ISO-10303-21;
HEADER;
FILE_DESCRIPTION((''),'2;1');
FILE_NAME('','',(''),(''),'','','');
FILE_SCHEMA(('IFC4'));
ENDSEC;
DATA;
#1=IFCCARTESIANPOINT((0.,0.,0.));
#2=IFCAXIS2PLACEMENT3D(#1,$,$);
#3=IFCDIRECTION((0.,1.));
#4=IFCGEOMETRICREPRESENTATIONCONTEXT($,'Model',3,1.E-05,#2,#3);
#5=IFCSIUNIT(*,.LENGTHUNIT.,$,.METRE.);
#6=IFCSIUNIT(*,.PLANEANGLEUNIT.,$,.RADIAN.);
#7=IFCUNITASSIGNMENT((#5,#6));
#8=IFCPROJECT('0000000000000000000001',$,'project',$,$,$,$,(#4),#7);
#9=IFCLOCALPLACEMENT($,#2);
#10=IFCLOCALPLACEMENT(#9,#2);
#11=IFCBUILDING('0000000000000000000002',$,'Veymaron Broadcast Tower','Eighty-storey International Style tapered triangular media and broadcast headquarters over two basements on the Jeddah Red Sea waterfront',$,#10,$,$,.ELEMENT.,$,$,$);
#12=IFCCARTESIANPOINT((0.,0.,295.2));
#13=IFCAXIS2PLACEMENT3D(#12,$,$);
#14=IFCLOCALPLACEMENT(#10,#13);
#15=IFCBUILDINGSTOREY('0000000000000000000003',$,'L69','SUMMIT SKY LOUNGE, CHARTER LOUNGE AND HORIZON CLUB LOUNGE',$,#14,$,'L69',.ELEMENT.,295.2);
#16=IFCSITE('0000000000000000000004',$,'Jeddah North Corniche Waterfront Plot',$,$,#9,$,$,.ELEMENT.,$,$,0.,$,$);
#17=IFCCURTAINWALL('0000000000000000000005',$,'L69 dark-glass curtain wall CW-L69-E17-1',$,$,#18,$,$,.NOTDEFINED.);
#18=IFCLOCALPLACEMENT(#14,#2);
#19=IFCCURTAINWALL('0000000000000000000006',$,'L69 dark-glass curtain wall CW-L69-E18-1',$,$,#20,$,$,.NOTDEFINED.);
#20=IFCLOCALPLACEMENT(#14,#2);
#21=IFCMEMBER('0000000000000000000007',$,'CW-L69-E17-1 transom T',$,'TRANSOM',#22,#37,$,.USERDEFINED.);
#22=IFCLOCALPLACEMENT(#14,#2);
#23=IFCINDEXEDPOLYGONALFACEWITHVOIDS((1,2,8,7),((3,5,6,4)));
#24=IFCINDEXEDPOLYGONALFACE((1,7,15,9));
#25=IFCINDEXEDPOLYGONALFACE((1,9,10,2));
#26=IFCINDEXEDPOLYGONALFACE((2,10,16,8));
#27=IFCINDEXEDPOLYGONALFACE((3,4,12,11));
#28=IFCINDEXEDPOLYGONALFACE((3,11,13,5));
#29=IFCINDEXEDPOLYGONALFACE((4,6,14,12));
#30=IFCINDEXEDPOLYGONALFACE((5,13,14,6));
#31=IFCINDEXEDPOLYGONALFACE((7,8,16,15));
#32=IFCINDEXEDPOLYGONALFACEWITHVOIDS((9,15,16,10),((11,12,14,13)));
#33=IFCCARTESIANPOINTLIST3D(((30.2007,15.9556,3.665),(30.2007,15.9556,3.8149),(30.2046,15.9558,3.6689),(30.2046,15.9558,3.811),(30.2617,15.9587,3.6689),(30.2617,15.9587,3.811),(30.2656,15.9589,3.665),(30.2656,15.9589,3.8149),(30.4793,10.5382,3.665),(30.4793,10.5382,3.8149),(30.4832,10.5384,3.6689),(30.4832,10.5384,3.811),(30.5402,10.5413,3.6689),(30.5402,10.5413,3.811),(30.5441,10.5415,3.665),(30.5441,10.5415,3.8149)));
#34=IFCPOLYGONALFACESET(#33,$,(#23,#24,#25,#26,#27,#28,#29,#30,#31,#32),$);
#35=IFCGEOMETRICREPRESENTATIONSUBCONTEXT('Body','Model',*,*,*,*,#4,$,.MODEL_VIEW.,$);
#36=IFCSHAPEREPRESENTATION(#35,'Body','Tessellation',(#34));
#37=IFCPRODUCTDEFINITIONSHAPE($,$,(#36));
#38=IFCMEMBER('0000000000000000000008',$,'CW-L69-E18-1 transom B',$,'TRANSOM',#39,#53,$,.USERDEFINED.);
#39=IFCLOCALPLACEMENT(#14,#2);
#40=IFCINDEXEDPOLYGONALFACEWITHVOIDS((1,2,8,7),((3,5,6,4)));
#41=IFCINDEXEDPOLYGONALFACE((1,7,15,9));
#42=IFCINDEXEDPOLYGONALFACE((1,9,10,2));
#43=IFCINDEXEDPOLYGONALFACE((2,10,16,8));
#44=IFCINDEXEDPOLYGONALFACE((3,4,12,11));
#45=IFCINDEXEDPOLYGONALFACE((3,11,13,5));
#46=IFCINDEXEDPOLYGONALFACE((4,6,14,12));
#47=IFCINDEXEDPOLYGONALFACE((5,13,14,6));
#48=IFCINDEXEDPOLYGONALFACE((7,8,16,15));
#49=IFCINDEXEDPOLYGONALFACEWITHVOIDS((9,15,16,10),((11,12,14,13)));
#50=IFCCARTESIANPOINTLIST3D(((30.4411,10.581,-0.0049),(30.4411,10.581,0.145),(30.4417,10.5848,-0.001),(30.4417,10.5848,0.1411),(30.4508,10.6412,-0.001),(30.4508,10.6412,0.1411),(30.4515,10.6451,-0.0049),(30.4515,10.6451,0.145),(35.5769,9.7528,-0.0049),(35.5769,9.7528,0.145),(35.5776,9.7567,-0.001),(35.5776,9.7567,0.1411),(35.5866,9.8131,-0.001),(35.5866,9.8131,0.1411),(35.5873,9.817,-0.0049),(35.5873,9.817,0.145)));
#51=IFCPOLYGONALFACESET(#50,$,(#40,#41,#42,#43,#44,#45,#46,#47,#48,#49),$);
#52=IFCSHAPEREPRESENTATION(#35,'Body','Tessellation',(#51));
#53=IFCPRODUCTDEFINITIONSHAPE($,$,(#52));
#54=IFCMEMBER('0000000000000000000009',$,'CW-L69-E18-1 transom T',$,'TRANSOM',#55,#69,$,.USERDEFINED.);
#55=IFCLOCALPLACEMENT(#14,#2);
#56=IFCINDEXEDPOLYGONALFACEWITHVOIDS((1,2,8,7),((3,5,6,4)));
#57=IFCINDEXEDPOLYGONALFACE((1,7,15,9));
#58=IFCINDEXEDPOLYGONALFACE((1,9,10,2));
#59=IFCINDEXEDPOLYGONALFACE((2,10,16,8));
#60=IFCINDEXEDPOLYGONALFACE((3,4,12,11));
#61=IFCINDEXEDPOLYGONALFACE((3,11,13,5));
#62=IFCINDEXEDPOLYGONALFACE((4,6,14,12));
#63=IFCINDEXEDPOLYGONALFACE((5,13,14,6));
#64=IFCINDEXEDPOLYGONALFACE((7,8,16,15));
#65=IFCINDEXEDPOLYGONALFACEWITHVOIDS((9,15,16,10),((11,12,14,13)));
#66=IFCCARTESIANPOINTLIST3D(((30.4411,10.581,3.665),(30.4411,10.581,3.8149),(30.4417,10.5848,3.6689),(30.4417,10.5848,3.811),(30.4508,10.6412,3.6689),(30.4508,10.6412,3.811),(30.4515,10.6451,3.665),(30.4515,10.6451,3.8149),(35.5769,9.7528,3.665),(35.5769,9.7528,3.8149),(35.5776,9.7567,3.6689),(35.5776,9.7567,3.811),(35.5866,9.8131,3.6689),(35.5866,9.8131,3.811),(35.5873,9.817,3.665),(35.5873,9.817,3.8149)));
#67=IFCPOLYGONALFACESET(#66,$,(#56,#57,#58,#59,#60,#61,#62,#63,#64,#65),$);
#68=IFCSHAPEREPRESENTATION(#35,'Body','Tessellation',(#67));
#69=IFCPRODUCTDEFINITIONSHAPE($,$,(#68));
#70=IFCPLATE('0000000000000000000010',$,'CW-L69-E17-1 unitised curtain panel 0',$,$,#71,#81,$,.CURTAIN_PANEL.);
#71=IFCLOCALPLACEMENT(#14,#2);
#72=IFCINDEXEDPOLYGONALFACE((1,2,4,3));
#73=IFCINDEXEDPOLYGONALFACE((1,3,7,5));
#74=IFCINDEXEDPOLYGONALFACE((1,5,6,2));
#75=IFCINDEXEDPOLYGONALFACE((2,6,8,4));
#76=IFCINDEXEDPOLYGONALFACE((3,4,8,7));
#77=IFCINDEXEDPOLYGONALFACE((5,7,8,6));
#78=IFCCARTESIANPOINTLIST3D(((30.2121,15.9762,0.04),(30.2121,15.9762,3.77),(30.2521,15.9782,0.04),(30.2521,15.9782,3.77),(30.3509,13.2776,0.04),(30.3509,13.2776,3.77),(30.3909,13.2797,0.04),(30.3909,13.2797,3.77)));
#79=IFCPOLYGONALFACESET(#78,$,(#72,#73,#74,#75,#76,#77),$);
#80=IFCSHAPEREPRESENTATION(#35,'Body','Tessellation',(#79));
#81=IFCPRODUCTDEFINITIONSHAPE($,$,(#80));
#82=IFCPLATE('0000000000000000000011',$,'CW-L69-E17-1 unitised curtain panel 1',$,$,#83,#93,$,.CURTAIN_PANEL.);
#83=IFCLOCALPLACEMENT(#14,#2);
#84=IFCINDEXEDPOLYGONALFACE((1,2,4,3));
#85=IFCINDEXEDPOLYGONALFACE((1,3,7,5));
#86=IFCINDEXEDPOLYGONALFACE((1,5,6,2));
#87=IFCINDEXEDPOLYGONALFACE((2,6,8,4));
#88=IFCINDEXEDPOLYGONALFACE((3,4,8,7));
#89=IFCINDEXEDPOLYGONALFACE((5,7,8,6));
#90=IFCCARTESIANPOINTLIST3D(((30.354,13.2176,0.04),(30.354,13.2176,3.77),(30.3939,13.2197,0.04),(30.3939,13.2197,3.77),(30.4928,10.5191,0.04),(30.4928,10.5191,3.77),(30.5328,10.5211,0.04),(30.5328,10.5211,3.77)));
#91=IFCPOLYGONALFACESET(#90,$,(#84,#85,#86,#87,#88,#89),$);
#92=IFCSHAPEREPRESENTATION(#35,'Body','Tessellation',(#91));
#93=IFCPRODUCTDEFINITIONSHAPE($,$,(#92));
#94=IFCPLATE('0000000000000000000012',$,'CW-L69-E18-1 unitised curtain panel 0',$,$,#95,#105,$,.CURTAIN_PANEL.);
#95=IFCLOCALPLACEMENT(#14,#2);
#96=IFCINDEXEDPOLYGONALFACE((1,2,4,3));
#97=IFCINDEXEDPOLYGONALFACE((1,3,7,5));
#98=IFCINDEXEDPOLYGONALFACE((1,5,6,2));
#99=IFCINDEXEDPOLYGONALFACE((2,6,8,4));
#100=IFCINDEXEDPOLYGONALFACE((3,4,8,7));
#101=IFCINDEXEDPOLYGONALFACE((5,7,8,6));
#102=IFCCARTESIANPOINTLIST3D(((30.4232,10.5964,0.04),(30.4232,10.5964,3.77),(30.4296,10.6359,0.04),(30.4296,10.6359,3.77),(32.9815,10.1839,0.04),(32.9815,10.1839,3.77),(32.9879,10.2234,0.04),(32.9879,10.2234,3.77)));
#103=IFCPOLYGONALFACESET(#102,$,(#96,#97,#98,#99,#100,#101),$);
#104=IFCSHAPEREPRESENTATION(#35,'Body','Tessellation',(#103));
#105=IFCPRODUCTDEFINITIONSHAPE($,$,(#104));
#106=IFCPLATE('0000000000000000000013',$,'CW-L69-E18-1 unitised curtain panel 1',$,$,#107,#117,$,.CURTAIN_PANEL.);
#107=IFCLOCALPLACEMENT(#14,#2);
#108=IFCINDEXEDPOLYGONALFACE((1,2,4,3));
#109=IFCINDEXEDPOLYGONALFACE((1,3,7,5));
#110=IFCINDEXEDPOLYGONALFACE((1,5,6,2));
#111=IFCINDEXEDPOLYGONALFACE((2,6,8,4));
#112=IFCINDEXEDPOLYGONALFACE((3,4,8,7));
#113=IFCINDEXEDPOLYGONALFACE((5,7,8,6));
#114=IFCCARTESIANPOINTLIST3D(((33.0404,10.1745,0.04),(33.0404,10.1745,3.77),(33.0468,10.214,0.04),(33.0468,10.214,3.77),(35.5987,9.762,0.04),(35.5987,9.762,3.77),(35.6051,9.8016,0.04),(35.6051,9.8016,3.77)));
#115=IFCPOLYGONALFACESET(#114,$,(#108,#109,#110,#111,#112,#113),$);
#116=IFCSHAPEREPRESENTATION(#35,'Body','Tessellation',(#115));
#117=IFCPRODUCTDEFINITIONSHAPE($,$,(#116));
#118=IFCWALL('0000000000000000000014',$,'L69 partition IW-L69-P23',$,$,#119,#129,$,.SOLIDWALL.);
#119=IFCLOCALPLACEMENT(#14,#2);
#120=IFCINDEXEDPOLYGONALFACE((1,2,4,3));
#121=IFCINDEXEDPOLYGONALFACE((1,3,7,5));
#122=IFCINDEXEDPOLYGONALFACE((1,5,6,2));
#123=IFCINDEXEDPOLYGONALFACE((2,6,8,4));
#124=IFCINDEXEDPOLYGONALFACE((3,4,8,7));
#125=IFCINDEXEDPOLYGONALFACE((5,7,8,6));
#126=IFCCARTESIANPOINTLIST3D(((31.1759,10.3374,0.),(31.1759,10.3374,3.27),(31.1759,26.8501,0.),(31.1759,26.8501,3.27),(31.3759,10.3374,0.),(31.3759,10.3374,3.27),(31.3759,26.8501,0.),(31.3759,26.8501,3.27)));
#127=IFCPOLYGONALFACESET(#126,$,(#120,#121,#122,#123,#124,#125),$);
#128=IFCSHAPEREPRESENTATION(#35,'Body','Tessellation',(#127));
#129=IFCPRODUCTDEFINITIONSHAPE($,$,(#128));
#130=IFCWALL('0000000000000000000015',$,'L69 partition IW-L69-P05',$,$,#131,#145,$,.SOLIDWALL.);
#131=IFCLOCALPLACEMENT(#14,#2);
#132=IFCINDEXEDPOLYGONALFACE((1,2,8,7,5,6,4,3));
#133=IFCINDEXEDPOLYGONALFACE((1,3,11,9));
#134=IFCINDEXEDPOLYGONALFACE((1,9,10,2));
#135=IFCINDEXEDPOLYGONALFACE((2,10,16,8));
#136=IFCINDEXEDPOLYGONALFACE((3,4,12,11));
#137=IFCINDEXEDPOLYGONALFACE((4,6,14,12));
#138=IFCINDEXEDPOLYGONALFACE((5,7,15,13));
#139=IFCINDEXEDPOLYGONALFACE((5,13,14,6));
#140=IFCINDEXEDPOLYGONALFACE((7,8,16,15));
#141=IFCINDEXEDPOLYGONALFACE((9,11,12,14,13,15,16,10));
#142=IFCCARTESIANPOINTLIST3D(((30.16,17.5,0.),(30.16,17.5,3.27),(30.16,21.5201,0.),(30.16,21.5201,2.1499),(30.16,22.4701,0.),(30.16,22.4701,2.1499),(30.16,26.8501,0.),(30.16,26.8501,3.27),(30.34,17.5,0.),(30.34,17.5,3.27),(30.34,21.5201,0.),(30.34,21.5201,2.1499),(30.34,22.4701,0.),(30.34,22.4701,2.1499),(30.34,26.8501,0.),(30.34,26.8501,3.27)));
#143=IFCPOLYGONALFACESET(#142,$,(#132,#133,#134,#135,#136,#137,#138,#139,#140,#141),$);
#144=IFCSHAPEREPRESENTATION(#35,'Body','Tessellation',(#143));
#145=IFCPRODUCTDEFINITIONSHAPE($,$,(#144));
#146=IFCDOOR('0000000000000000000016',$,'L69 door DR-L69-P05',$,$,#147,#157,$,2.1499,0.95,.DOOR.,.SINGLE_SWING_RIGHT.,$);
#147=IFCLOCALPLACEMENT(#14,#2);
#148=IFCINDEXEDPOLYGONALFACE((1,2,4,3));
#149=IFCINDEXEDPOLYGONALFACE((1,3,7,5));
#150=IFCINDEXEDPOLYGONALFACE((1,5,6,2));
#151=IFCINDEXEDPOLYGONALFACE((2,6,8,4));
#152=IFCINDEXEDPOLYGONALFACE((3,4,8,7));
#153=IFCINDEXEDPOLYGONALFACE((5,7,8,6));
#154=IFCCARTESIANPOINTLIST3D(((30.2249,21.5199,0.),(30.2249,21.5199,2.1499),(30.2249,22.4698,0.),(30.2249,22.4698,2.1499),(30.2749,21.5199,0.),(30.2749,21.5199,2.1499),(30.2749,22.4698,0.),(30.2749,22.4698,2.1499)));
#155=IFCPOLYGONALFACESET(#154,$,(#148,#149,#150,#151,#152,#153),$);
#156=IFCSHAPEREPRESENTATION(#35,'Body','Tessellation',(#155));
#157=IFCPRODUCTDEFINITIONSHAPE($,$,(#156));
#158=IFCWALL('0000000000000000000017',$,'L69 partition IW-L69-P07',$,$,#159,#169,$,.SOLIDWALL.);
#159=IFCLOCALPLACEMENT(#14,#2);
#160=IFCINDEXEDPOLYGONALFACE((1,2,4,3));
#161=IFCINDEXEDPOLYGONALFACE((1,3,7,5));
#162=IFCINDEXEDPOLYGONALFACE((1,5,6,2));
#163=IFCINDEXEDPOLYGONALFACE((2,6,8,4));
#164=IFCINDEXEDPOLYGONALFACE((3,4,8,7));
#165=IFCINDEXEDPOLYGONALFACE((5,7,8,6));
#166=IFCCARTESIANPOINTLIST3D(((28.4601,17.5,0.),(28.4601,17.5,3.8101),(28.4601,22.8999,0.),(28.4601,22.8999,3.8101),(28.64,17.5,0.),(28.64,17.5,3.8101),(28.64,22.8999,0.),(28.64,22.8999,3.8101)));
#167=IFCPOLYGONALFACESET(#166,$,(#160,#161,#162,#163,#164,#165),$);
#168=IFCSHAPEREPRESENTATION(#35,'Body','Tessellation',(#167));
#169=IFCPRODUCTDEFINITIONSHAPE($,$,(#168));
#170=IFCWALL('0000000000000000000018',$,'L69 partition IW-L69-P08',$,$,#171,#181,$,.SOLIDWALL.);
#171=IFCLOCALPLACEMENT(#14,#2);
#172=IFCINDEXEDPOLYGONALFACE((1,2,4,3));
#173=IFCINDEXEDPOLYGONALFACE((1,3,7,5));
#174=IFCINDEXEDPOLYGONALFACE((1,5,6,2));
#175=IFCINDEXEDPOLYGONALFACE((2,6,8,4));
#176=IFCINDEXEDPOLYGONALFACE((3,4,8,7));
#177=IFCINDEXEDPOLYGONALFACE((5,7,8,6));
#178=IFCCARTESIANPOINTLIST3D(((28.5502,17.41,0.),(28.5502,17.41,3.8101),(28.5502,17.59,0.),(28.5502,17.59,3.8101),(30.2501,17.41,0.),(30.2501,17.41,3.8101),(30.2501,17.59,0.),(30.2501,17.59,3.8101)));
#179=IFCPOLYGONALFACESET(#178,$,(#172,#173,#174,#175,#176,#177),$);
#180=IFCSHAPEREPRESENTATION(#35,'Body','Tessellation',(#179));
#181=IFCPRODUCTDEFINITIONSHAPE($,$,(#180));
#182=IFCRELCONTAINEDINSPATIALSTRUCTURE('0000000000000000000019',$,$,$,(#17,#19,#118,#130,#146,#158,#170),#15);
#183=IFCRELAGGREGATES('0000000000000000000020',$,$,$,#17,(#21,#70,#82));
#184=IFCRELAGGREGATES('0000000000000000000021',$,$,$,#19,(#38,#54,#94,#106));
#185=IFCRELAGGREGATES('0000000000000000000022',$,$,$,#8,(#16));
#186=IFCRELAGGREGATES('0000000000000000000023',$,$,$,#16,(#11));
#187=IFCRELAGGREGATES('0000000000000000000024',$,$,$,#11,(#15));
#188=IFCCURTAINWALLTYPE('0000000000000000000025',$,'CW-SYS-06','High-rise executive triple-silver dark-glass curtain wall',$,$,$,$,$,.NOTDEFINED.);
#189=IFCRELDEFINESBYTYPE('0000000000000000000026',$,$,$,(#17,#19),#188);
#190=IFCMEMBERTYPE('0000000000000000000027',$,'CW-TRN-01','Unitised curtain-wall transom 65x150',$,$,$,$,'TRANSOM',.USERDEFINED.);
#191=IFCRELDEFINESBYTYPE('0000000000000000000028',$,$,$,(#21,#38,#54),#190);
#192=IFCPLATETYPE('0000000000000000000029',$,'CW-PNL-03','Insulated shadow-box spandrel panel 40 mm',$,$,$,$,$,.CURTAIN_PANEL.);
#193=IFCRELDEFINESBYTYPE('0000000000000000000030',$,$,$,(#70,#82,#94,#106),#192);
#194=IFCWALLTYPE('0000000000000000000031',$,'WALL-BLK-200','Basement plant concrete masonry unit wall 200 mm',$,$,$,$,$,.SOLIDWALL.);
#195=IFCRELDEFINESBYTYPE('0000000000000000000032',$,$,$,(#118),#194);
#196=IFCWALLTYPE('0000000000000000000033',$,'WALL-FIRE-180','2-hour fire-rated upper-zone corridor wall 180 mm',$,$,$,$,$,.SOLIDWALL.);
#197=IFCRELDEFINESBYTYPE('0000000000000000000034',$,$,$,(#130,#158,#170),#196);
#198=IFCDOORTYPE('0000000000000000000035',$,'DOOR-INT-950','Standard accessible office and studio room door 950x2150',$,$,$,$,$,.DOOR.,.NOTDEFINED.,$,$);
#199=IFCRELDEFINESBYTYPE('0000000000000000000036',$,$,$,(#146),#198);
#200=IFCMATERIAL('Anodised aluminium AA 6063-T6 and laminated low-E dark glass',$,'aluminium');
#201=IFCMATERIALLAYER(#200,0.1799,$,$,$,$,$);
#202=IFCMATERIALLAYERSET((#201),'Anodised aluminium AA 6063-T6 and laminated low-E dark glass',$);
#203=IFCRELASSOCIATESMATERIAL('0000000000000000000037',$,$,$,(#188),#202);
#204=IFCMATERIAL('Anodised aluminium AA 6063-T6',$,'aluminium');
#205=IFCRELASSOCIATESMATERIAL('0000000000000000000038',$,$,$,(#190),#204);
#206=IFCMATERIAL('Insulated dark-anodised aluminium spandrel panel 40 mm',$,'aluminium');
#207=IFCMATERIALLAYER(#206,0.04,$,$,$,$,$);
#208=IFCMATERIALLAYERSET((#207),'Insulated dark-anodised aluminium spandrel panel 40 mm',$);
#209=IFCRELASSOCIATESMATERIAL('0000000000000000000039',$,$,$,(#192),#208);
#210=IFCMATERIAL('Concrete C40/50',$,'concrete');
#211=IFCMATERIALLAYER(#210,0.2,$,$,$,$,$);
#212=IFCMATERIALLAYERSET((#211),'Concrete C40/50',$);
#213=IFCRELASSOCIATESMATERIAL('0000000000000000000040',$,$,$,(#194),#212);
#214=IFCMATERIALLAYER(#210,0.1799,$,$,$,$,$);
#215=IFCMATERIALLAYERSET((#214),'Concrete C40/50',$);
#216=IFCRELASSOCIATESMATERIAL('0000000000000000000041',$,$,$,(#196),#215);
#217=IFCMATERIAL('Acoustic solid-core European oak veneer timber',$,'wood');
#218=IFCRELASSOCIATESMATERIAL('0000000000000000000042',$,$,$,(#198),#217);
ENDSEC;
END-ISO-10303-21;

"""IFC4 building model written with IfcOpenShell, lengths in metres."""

from ifc_helpers import new_model, si_unit, direction, frame, frame_2d, origin, origin_2d, place, context, subcontext, project, spatial, rectangle, hollow_rectangle, extrude, material, layer, layer_set, material_profile, profile_set, type_object, element, fill, aggregate, save


model = new_model("IFC4")

# Units and contexts
model_context = context("Model", 3, precision=1e-05, world=origin(), true_north=direction((0.0, 1.0)))
body_context = subcontext(model_context, "Body", "Model", "MODEL_VIEW")
ifc_project = project(units=[si_unit("LENGTHUNIT", "METRE"), si_unit("PLANEANGLEUNIT", "RADIAN")], contexts=[model_context])

# Site, building, storey
site_placement = place(None, origin())
site = spatial("IfcSite", under=ifc_project, at=site_placement, Name="Jeddah North Corniche Waterfront Plot", CompositionType="ELEMENT", RefElevation=0.0)
building_placement = place(site_placement, origin())
building = spatial("IfcBuilding", under=site, at=building_placement, Name="Veymaron Broadcast Tower", Description="Eighty-storey International Style tapered triangular media and broadcast headquarters over two basements on the Jeddah Red Sea waterfront", CompositionType="ELEMENT")
storey_placement = place(building_placement, frame((0.0, 0.0, 295.2)))
storey = spatial("IfcBuildingStorey", under=building, at=storey_placement, Name="L69", Description="SUMMIT SKY LOUNGE, CHARTER LOUNGE AND HORIZON CLUB LOUNGE", LongName="L69", CompositionType="ELEMENT", Elevation=295.2)

# Curtain walls
ifc_material_1 = material(Name="Anodised aluminium AA 6063-T6 and laminated low-E dark glass", Category="aluminium")
ifc_layer_1 = layer(ifc_material_1, 0.1799)
ifc_layer_set_1 = layer_set([ifc_layer_1], Name="Anodised aluminium AA 6063-T6 and laminated low-E dark glass")
curtain_wall_type = type_object("IfcCurtainWallType", Name="CW-SYS-06", Description="High-rise executive triple-silver dark-glass curtain wall", PredefinedType="NOTDEFINED", material=ifc_layer_set_1)
curtain_wall_1_placement = place(storey_placement, origin())
curtain_wall_1 = element("IfcCurtainWall", 1, at=curtain_wall_1_placement, inside=storey, type_object=curtain_wall_type, Name="L69 dark-glass curtain wall CW-L69-E17-1", PredefinedType="NOTDEFINED")
ifc_material_2 = material(Name="Anodised aluminium AA 6063-T6", Category="aluminium")
curtain_wall_2_placement = place(storey_placement, origin())
curtain_wall_2 = element("IfcCurtainWall", 2, at=curtain_wall_2_placement, inside=storey, type_object=curtain_wall_type, Name="L69 dark-glass curtain wall CW-L69-E18-1", PredefinedType="NOTDEFINED")

# Members
ifc_material_profile_1 = material_profile(ifc_material_2, hollow_rectangle(XDim=0.0649, YDim=0.1499, WallThickness=0.0039, at=origin_2d()), Name="AL150X65X4")
ifc_profile_set_1 = profile_set([ifc_material_profile_1], Name="Anodised aluminium AA 6063-T6")
member_type_1 = type_object("IfcMemberType", Name="CW-TRN-01", Description="Unitised curtain-wall transom 65x150", ElementType="TRANSOM", PredefinedType="USERDEFINED", material=ifc_profile_set_1)
member_1_placement = place(storey_placement, frame((30.2332, 15.9573, 3.74), z_axis=(0.051352, -0.998681, 0.0), x_axis=(0.998681, 0.051352, 0.0)))
member_1 = element("IfcMember", 3, at=member_1_placement, type_object=member_type_1, Name="CW-L69-E17-1 transom T", ObjectType="TRANSOM", PredefinedType="USERDEFINED", context=body_context, shape_type="SweptSolid", body=[
    extrude(hollow_rectangle(XDim=0.0649, YDim=0.1499, WallThickness=0.0039, at=origin_2d()), origin(), (0.0, 0.0, 1.0), 5.4246),
])
member_2_placement = place(storey_placement, frame((30.4463, 10.613, 0.0701), z_axis=(0.987248, -0.159191, 0.0), x_axis=(0.159191, 0.987248, 0.0)))
member_2 = element("IfcMember", 4, at=member_2_placement, type_object=member_type_1, Name="CW-L69-E18-1 transom B", ObjectType="TRANSOM", PredefinedType="USERDEFINED", context=body_context, shape_type="SweptSolid", body=[
    extrude(hollow_rectangle(XDim=0.0649, YDim=0.1499, WallThickness=0.0039, at=origin_2d()), origin(), (0.0, 0.0, 1.0), 5.2021),
])
member_3_placement = place(storey_placement, frame((30.4463, 10.613, 3.74), z_axis=(0.987248, -0.159191, 0.0), x_axis=(0.159191, 0.987248, 0.0)))
member_3 = element("IfcMember", 5, at=member_3_placement, type_object=member_type_1, Name="CW-L69-E18-1 transom T", ObjectType="TRANSOM", PredefinedType="USERDEFINED", context=body_context, shape_type="SweptSolid", body=[
    extrude(hollow_rectangle(XDim=0.0649, YDim=0.1499, WallThickness=0.0039, at=origin_2d()), origin(), (0.0, 0.0, 1.0), 5.2021),
])

# Plates
ifc_material_3 = material(Name="Insulated dark-anodised aluminium spandrel panel 40 mm", Category="aluminium")
ifc_layer_2 = layer(ifc_material_3, 0.04)
ifc_layer_set_2 = layer_set([ifc_layer_2], Name="Insulated dark-anodised aluminium spandrel panel 40 mm")
plate_type = type_object("IfcPlateType", Name="CW-PNL-03", Description="Insulated shadow-box spandrel panel 40 mm", PredefinedType="CURTAIN_PANEL", material=ifc_layer_set_2)
plate_1_placement = place(storey_placement, frame((30.3015, 14.6279, 0.04), z_axis=(0.0, 0.0, 1.0), x_axis=(0.051377, -0.998679, 0.0)))
plate_1 = element("IfcPlate", 6, at=plate_1_placement, type_object=plate_type, Name="CW-L69-E17-1 unitised curtain panel 0", PredefinedType="CURTAIN_PANEL", context=body_context, shape_type="SweptSolid", body=[
    extrude(rectangle(XDim=2.7021, YDim=0.04, at=origin_2d()), origin(), (0.0, 0.0, 1.0), 3.73),
])
plate_2_placement = place(storey_placement, frame((30.4434, 11.8694, 0.04), z_axis=(0.0, 0.0, 1.0), x_axis=(0.051377, -0.998679, 0.0)))
plate_2 = element("IfcPlate", 7, at=plate_2_placement, type_object=plate_type, Name="CW-L69-E17-1 unitised curtain panel 1", PredefinedType="CURTAIN_PANEL", context=body_context, shape_type="SweptSolid", body=[
    extrude(rectangle(XDim=2.7021, YDim=0.04, at=origin_2d()), origin(), (0.0, 0.0, 1.0), 3.73),
])
aggregate(curtain_wall_1, [member_1, plate_1, plate_2])
plate_3_placement = place(storey_placement, frame((31.7056, 10.4099, 0.04), z_axis=(0.0, 0.0, 1.0), x_axis=(0.98725, -0.159175, 0.0)))
plate_3 = element("IfcPlate", 8, at=plate_3_placement, type_object=plate_type, Name="CW-L69-E18-1 unitised curtain panel 0", PredefinedType="CURTAIN_PANEL", context=body_context, shape_type="SweptSolid", body=[
    extrude(rectangle(XDim=2.5913, YDim=0.04, at=origin_2d()), origin(), (0.0, 0.0, 1.0), 3.73),
])
plate_4_placement = place(storey_placement, frame((34.3228, 9.988, 0.04), z_axis=(0.0, 0.0, 1.0), x_axis=(0.98725, -0.159175, 0.0)))
plate_4 = element("IfcPlate", 9, at=plate_4_placement, type_object=plate_type, Name="CW-L69-E18-1 unitised curtain panel 1", PredefinedType="CURTAIN_PANEL", context=body_context, shape_type="SweptSolid", body=[
    extrude(rectangle(XDim=2.5913, YDim=0.04, at=origin_2d()), origin(), (0.0, 0.0, 1.0), 3.73),
])
aggregate(curtain_wall_2, [member_2, member_3, plate_3, plate_4])

# Wall
ifc_material_4 = material(Name="Concrete C40/50", Category="concrete")
ifc_layer_3 = layer(ifc_material_4, 0.2)
ifc_layer_set_3 = layer_set([ifc_layer_3], Name="Concrete C40/50")
wall_type_1 = type_object("IfcWallType", Name="WALL-BLK-200", Description="Basement plant concrete masonry unit wall 200 mm", PredefinedType="SOLIDWALL", material=ifc_layer_set_3)
wall_1_placement = place(storey_placement, frame((31.2759, 10.3374, 0.0), z_axis=(0.0, 0.0, 1.0), x_axis=(0.0, 1.0, 0.0)))
element("IfcWall", 10, at=wall_1_placement, inside=storey, type_object=wall_type_1, Name="L69 partition IW-L69-P23", PredefinedType="SOLIDWALL", context=body_context, shape_type="SweptSolid", body=[
    extrude(rectangle(XDim=16.5127, YDim=0.2, at=frame_2d((8.2563, 0.0))), origin(), (0.0, 0.0, 1.0), 3.27),
])

# Wall, opening, door
ifc_layer_4 = layer(ifc_material_4, 0.1799)
ifc_layer_set_4 = layer_set([ifc_layer_4], Name="Concrete C40/50")
wall_type_2 = type_object("IfcWallType", Name="WALL-FIRE-180", Description="2-hour fire-rated upper-zone corridor wall 180 mm", PredefinedType="SOLIDWALL", material=ifc_layer_set_4)
wall_2_placement = place(storey_placement, frame((30.25, 17.5, 0.0), z_axis=(0.0, 0.0, 1.0), x_axis=(0.0, 1.0, 0.0)))
wall_2 = element("IfcWall", 11, at=wall_2_placement, inside=storey, type_object=wall_type_2, Name="L69 partition IW-L69-P05", PredefinedType="SOLIDWALL", context=body_context, shape_type="SweptSolid", body=[
    extrude(rectangle(XDim=9.3501, YDim=0.1799, at=frame_2d((4.675, 0.0))), origin(), (0.0, 0.0, 1.0), 3.27),
])
opening_placement = place(wall_2_placement, frame((4.02, 0.0, 0.0)))
opening = element("IfcOpeningElement", 12, at=opening_placement, cuts=wall_2, PredefinedType="OPENING", context=body_context, shape_type="SweptSolid", body=[
    extrude(rectangle(XDim=0.95, YDim=2.1499, at=frame_2d((0.4751, 1.075))), frame((0.0, 0.1001, 0.0), z_axis=(0.0, -1.0, 0.0), x_axis=(1.0, 0.0, 0.0)), (0.0, 0.0, 1.0), 0.2),
])
ifc_material_5 = material(Name="Acoustic solid-core European oak veneer timber", Category="wood")
door_type = type_object("IfcDoorType", Name="DOOR-INT-950", Description="Standard accessible office and studio room door 950x2150", OperationType="NOTDEFINED", PredefinedType="DOOR", material=ifc_material_5)
door_placement = place(opening_placement, frame((0.95, 0.0, 0.0), z_axis=(0.0, 0.0, 1.0), x_axis=(-1.0, 0.0, 0.0)))
door = element("IfcDoor", 13, at=door_placement, inside=storey, type_object=door_type, Name="L69 door DR-L69-P05", OperationType="SINGLE_SWING_RIGHT", OverallHeight=2.1499, OverallWidth=0.95, PredefinedType="DOOR", context=body_context, shape_type="SweptSolid", body=[
    extrude(rectangle(XDim=0.95, YDim=2.1499, at=frame_2d((0.4751, 1.075))), frame((0.0, 0.0249, 0.0), z_axis=(0.0, -1.0, 0.0), x_axis=(1.0, 0.0, 0.0)), (0.0, 0.0, 1.0), 0.05),
])
fill(opening, door)

# Walls
wall_3_placement = place(storey_placement, frame((28.55, 17.5, 0.0), z_axis=(0.0, 0.0, 1.0), x_axis=(0.0, 1.0, 0.0)))
element("IfcWall", 14, at=wall_3_placement, inside=storey, type_object=wall_type_2, Name="L69 partition IW-L69-P07", PredefinedType="SOLIDWALL", context=body_context, shape_type="SweptSolid", body=[
    extrude(rectangle(XDim=5.3999, YDim=0.1799, at=frame_2d((2.7, 0.0))), origin(), (0.0, 0.0, 1.0), 3.8101),
])
wall_4_placement = place(storey_placement, frame((28.55, 17.5, 0.0), z_axis=(0.0, 0.0, 1.0), x_axis=(1.0, 0.0, 0.0)))
element("IfcWall", 15, at=wall_4_placement, inside=storey, type_object=wall_type_2, Name="L69 partition IW-L69-P08", PredefinedType="SOLIDWALL", context=body_context, shape_type="SweptSolid", body=[
    extrude(rectangle(XDim=1.7, YDim=0.1799, at=frame_2d((0.8501, 0.0))), origin(), (0.0, 0.0, 1.0), 3.8101),
])

save(model, "model.ifc")
